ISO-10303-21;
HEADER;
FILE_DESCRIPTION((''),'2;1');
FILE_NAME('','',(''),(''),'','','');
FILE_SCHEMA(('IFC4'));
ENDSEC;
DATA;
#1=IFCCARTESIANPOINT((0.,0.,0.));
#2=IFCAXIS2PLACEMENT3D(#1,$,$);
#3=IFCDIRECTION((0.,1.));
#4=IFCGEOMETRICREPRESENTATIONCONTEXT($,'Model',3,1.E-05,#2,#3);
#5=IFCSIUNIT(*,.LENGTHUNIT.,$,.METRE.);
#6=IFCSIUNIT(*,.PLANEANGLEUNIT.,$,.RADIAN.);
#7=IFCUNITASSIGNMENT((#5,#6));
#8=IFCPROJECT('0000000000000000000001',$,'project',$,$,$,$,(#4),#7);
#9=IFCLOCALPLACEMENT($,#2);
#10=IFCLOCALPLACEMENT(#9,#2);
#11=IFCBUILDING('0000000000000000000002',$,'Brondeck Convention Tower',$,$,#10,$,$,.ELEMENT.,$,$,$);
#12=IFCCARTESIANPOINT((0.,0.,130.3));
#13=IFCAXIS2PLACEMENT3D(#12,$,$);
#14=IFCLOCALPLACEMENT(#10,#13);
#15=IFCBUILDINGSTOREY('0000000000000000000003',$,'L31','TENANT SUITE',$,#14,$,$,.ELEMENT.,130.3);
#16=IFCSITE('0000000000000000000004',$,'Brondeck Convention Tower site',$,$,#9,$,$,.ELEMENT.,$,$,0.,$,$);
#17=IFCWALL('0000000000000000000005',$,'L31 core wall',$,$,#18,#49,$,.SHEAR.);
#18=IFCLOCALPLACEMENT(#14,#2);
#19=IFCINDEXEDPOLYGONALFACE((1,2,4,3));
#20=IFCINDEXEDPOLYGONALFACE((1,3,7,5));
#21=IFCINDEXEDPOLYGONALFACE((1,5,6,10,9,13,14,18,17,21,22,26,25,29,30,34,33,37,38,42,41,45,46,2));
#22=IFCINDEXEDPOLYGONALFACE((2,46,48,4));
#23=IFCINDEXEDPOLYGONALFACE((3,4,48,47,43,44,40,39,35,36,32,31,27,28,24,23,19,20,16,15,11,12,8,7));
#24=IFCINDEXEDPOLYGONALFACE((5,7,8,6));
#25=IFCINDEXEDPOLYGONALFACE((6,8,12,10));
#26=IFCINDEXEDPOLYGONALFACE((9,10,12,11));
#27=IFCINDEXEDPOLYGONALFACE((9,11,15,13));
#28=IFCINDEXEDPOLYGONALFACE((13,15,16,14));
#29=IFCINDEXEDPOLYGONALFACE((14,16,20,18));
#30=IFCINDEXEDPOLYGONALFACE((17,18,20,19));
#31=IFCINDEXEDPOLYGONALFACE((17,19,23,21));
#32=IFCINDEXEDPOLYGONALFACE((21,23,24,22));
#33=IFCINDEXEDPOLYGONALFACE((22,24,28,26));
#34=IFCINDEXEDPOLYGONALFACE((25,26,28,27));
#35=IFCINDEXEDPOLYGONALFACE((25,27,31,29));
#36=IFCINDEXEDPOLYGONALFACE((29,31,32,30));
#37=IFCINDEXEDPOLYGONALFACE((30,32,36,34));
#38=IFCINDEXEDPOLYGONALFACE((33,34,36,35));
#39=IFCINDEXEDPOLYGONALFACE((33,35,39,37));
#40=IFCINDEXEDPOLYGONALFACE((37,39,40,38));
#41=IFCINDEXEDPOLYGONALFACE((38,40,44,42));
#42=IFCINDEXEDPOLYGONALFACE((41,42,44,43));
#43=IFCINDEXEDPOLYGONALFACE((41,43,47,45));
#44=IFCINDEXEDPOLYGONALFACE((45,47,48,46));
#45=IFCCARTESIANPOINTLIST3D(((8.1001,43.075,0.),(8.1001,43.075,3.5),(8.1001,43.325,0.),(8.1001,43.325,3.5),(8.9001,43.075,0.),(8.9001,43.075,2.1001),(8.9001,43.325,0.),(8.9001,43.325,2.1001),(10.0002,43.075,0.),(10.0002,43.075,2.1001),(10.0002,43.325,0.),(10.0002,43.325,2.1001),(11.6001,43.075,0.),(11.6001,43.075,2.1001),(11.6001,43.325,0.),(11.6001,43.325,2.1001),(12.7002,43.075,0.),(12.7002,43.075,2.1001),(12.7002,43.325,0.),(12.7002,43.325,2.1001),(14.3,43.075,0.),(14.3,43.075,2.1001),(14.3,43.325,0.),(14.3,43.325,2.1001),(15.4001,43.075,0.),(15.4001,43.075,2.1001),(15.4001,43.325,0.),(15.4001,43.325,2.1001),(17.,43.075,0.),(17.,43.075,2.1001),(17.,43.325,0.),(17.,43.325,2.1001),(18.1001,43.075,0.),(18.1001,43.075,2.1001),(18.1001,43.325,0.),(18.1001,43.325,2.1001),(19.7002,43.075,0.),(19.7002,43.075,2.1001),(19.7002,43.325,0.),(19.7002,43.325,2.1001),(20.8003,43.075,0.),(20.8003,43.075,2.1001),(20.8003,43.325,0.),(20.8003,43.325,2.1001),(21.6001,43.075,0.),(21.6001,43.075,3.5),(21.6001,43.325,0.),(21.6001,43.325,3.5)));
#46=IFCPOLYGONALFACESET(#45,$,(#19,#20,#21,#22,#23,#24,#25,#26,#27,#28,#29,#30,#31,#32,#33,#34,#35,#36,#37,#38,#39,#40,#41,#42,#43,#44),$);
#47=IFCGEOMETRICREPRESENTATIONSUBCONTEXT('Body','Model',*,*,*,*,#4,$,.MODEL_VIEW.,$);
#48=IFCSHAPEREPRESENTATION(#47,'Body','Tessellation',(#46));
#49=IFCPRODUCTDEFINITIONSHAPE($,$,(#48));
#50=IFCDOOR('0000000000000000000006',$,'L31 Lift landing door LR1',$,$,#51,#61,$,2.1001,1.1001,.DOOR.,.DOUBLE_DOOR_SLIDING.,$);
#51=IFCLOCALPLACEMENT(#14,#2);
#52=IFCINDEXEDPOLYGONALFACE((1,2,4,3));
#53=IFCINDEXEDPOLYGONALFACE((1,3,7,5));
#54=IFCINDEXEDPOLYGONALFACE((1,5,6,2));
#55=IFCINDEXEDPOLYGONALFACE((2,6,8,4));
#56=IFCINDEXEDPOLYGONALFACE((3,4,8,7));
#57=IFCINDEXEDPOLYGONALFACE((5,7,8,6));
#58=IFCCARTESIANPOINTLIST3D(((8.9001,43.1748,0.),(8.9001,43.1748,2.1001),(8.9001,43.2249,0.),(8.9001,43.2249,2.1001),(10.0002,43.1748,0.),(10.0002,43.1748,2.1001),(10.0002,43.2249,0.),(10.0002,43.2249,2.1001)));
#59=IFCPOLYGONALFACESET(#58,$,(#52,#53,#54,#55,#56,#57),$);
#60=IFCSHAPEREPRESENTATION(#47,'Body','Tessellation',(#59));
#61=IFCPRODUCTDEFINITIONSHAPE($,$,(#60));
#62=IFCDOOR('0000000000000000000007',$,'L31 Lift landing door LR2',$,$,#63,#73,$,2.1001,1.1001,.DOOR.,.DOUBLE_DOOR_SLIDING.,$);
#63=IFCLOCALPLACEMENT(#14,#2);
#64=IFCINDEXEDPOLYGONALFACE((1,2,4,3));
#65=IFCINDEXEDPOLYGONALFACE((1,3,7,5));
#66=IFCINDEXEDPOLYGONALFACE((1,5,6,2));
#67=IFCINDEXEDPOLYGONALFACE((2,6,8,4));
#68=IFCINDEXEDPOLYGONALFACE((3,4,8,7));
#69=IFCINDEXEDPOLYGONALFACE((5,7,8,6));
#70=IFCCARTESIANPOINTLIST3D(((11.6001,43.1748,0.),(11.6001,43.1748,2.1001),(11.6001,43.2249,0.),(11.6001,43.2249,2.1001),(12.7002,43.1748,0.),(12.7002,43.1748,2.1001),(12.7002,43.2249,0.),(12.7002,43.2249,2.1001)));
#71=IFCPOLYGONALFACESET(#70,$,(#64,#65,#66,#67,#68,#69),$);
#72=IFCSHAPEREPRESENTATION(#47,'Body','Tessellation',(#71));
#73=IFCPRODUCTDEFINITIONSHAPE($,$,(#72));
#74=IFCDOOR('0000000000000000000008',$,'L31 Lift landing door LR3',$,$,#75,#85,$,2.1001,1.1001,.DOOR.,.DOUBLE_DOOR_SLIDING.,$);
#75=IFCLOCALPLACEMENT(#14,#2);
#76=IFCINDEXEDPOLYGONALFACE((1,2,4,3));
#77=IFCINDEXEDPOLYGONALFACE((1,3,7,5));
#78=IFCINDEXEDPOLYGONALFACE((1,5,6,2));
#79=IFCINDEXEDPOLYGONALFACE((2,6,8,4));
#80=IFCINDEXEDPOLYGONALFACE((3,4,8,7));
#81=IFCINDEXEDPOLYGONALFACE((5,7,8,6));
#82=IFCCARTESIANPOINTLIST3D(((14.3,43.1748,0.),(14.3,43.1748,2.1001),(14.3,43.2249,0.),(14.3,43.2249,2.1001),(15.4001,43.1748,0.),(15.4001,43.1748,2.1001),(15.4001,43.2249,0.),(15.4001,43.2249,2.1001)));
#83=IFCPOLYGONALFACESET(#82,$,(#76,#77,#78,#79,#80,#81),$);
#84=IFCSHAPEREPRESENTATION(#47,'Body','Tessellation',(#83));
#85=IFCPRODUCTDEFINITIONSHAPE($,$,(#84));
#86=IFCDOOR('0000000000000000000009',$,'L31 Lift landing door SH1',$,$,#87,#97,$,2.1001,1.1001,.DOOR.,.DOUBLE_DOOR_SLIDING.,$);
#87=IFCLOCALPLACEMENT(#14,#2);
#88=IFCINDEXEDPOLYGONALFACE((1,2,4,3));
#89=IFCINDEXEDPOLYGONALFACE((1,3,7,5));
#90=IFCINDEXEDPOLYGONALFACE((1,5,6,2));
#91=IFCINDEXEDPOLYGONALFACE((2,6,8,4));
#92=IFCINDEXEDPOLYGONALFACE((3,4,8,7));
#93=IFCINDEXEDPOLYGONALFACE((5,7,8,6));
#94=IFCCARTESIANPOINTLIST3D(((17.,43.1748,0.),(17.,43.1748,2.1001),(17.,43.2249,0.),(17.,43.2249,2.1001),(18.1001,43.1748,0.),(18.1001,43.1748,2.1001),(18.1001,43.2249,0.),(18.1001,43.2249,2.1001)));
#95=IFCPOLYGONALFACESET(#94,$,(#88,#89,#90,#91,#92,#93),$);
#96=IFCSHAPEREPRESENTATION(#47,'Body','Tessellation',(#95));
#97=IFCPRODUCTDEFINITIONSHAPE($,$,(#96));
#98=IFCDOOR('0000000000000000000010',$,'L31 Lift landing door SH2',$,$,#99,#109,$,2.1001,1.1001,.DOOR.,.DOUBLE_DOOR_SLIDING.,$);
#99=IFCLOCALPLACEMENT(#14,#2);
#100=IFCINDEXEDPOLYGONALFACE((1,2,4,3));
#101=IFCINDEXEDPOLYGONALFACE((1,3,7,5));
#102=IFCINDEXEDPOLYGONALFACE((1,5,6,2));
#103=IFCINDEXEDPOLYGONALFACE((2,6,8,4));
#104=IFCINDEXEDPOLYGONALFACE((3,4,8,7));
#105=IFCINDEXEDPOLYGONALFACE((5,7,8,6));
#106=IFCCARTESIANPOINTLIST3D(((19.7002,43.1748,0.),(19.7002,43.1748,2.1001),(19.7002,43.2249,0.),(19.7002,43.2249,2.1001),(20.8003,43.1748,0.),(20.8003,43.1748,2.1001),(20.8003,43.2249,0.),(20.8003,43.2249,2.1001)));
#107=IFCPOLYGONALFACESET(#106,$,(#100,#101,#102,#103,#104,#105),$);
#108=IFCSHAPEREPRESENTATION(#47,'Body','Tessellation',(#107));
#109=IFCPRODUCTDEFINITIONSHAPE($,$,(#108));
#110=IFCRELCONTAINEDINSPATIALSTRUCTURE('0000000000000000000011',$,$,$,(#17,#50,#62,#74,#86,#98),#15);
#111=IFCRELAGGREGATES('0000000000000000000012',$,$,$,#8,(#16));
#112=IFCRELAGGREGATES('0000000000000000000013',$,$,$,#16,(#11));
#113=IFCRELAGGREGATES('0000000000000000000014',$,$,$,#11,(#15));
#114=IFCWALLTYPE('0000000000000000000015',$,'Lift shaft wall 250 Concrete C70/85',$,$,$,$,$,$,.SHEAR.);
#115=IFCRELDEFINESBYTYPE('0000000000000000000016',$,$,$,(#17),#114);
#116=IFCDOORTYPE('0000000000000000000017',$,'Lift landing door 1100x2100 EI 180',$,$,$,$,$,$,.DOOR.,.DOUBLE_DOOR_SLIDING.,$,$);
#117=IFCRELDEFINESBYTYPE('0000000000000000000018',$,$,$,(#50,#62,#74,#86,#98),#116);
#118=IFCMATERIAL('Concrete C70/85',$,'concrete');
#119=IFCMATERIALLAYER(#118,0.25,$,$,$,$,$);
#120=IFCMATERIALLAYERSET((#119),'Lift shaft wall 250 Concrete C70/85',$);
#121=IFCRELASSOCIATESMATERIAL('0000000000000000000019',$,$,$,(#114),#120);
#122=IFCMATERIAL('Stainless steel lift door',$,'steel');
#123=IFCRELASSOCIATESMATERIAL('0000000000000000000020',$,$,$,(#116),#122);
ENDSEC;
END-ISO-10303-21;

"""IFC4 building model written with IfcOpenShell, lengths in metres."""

from ifc_helpers import new_model, si_unit, direction, frame, frame_2d, origin, place, context, subcontext, project, spatial, rectangle, extrude, material, layer, layer_set, type_object, element, fill, save


model = new_model("IFC4")

# Units and contexts
model_context = context("Model", 3, precision=1e-05, world=origin(), true_north=direction((0.0, 1.0)))
body_context = subcontext(model_context, "Body", "Model", "MODEL_VIEW")
ifc_project = project(units=[si_unit("LENGTHUNIT", "METRE"), si_unit("PLANEANGLEUNIT", "RADIAN")], contexts=[model_context])

# Site, building, storey
site_placement = place(None, origin())
site = spatial("IfcSite", under=ifc_project, at=site_placement, Name="Brondeck Convention Tower site", CompositionType="ELEMENT", RefElevation=0.0)
building_placement = place(site_placement, origin())
building = spatial("IfcBuilding", under=site, at=building_placement, Name="Brondeck Convention Tower", CompositionType="ELEMENT")
storey_placement = place(building_placement, frame((0.0, 0.0, 130.3)))
storey = spatial("IfcBuildingStorey", under=building, at=storey_placement, Name="L31", Description="TENANT SUITE", CompositionType="ELEMENT", Elevation=130.3)

# Shared definitions
ifc_material_1 = material(Name="Concrete C70/85", Category="concrete")

# Shared definitions
ifc_layer_1 = layer(ifc_material_1, 0.25)
ifc_layer_set_1 = layer_set([ifc_layer_1], Name="Lift shaft wall 250 Concrete C70/85")
wall_type_1 = type_object("IfcWallType", Name="Lift shaft wall 250 Concrete C70/85", PredefinedType="SHEAR", material=ifc_layer_set_1)

# Wall, openings, doors
wall_1_placement = place(storey_placement, frame((8.1001, 43.2, 0.0), z_axis=(0.0, 0.0, 1.0), x_axis=(1.0, 0.0, 0.0)))
wall_1 = element("IfcWall", 1, at=wall_1_placement, inside=storey, type_object=wall_type_1, Name="L31 core wall", PredefinedType="SHEAR", context=body_context, shape_type="SweptSolid", body=[
    extrude(rectangle(XDim=13.5, YDim=0.25, at=frame_2d((6.75, 0.0))), origin(), (0.0, 0.0, 1.0), 3.5),
])
opening_1_placement = place(wall_1_placement, frame((0.8, 0.0, 0.0)))
opening_1 = element("IfcOpeningElement", 2, at=opening_1_placement, cuts=wall_1, PredefinedType="OPENING", context=body_context, shape_type="SweptSolid", body=[
    extrude(rectangle(XDim=1.1001, YDim=2.1001, at=frame_2d((0.55, 1.05))), frame((0.0, 0.135, 0.0), z_axis=(0.0, -1.0, 0.0), x_axis=(1.0, 0.0, 0.0)), (0.0, 0.0, 1.0), 0.27),
])
opening_2_placement = place(wall_1_placement, frame((3.5, 0.0, 0.0)))
opening_2 = element("IfcOpeningElement", 3, at=opening_2_placement, cuts=wall_1, PredefinedType="OPENING", context=body_context, shape_type="SweptSolid", body=[
    extrude(rectangle(XDim=1.1001, YDim=2.1001, at=frame_2d((0.55, 1.05))), frame((0.0, 0.135, 0.0), z_axis=(0.0, -1.0, 0.0), x_axis=(1.0, 0.0, 0.0)), (0.0, 0.0, 1.0), 0.27),
])
opening_3_placement = place(wall_1_placement, frame((6.2, 0.0, 0.0)))
opening_3 = element("IfcOpeningElement", 4, at=opening_3_placement, cuts=wall_1, PredefinedType="OPENING", context=body_context, shape_type="SweptSolid", body=[
    extrude(rectangle(XDim=1.1001, YDim=2.1001, at=frame_2d((0.55, 1.05))), frame((0.0, 0.135, 0.0), z_axis=(0.0, -1.0, 0.0), x_axis=(1.0, 0.0, 0.0)), (0.0, 0.0, 1.0), 0.27),
])
opening_4_placement = place(wall_1_placement, frame((8.8999, 0.0, 0.0)))
opening_4 = element("IfcOpeningElement", 5, at=opening_4_placement, cuts=wall_1, PredefinedType="OPENING", context=body_context, shape_type="SweptSolid", body=[
    extrude(rectangle(XDim=1.1001, YDim=2.1001, at=frame_2d((0.55, 1.05))), frame((0.0, 0.135, 0.0), z_axis=(0.0, -1.0, 0.0), x_axis=(1.0, 0.0, 0.0)), (0.0, 0.0, 1.0), 0.27),
])
opening_5_placement = place(wall_1_placement, frame((11.6001, 0.0, 0.0)))
opening_5 = element("IfcOpeningElement", 6, at=opening_5_placement, cuts=wall_1, PredefinedType="OPENING", context=body_context, shape_type="SweptSolid", body=[
    extrude(rectangle(XDim=1.1001, YDim=2.1001, at=frame_2d((0.55, 1.05))), frame((0.0, 0.135, 0.0), z_axis=(0.0, -1.0, 0.0), x_axis=(1.0, 0.0, 0.0)), (0.0, 0.0, 1.0), 0.27),
])
ifc_material_2 = material(Name="Stainless steel lift door", Category="steel")
door_type_1 = type_object("IfcDoorType", Name="Lift landing door 1100x2100 EI 180", OperationType="DOUBLE_DOOR_SLIDING", PredefinedType="DOOR", material=ifc_material_2)
door_1_placement = place(opening_1_placement, origin())
door_1 = element("IfcDoor", 7, at=door_1_placement, inside=storey, type_object=door_type_1, Name="L31 Lift landing door LR1", OperationType="DOUBLE_DOOR_SLIDING", OverallHeight=2.1001, OverallWidth=1.1001, PredefinedType="DOOR", context=body_context, shape_type="SweptSolid", body=[
    extrude(rectangle(XDim=1.1001, YDim=2.1001, at=frame_2d((0.55, 1.05))), frame((0.0, 0.0249, 0.0), z_axis=(0.0, -1.0, 0.0), x_axis=(1.0, 0.0, 0.0)), (0.0, 0.0, 1.0), 0.05),
])
fill(opening_1, door_1)
door_2_placement = place(opening_2_placement, origin())
door_2 = element("IfcDoor", 8, at=door_2_placement, inside=storey, type_object=door_type_1, Name="L31 Lift landing door LR2", OperationType="DOUBLE_DOOR_SLIDING", OverallHeight=2.1001, OverallWidth=1.1001, PredefinedType="DOOR", context=body_context, shape_type="SweptSolid", body=[
    extrude(rectangle(XDim=1.1001, YDim=2.1001, at=frame_2d((0.55, 1.05))), frame((0.0, 0.0249, 0.0), z_axis=(0.0, -1.0, 0.0), x_axis=(1.0, 0.0, 0.0)), (0.0, 0.0, 1.0), 0.05),
])
fill(opening_2, door_2)
door_3_placement = place(opening_3_placement, origin())
door_3 = element("IfcDoor", 9, at=door_3_placement, inside=storey, type_object=door_type_1, Name="L31 Lift landing door LR3", OperationType="DOUBLE_DOOR_SLIDING", OverallHeight=2.1001, OverallWidth=1.1001, PredefinedType="DOOR", context=body_context, shape_type="SweptSolid", body=[
    extrude(rectangle(XDim=1.1001, YDim=2.1001, at=frame_2d((0.55, 1.05))), frame((0.0, 0.0249, 0.0), z_axis=(0.0, -1.0, 0.0), x_axis=(1.0, 0.0, 0.0)), (0.0, 0.0, 1.0), 0.05),
])
fill(opening_3, door_3)
door_4_placement = place(opening_4_placement, origin())
door_4 = element("IfcDoor", 10, at=door_4_placement, inside=storey, type_object=door_type_1, Name="L31 Lift landing door SH1", OperationType="DOUBLE_DOOR_SLIDING", OverallHeight=2.1001, OverallWidth=1.1001, PredefinedType="DOOR", context=body_context, shape_type="SweptSolid", body=[
    extrude(rectangle(XDim=1.1001, YDim=2.1001, at=frame_2d((0.55, 1.05))), frame((0.0, 0.0249, 0.0), z_axis=(0.0, -1.0, 0.0), x_axis=(1.0, 0.0, 0.0)), (0.0, 0.0, 1.0), 0.05),
])
fill(opening_4, door_4)
door_5_placement = place(opening_5_placement, origin())
door_5 = element("IfcDoor", 11, at=door_5_placement, inside=storey, type_object=door_type_1, Name="L31 Lift landing door SH2", OperationType="DOUBLE_DOOR_SLIDING", OverallHeight=2.1001, OverallWidth=1.1001, PredefinedType="DOOR", context=body_context, shape_type="SweptSolid", body=[
    extrude(rectangle(XDim=1.1001, YDim=2.1001, at=frame_2d((0.55, 1.05))), frame((0.0, 0.0249, 0.0), z_axis=(0.0, -1.0, 0.0), x_axis=(1.0, 0.0, 0.0)), (0.0, 0.0, 1.0), 0.05),
])
fill(opening_5, door_5)

save(model, "model.ifc")
